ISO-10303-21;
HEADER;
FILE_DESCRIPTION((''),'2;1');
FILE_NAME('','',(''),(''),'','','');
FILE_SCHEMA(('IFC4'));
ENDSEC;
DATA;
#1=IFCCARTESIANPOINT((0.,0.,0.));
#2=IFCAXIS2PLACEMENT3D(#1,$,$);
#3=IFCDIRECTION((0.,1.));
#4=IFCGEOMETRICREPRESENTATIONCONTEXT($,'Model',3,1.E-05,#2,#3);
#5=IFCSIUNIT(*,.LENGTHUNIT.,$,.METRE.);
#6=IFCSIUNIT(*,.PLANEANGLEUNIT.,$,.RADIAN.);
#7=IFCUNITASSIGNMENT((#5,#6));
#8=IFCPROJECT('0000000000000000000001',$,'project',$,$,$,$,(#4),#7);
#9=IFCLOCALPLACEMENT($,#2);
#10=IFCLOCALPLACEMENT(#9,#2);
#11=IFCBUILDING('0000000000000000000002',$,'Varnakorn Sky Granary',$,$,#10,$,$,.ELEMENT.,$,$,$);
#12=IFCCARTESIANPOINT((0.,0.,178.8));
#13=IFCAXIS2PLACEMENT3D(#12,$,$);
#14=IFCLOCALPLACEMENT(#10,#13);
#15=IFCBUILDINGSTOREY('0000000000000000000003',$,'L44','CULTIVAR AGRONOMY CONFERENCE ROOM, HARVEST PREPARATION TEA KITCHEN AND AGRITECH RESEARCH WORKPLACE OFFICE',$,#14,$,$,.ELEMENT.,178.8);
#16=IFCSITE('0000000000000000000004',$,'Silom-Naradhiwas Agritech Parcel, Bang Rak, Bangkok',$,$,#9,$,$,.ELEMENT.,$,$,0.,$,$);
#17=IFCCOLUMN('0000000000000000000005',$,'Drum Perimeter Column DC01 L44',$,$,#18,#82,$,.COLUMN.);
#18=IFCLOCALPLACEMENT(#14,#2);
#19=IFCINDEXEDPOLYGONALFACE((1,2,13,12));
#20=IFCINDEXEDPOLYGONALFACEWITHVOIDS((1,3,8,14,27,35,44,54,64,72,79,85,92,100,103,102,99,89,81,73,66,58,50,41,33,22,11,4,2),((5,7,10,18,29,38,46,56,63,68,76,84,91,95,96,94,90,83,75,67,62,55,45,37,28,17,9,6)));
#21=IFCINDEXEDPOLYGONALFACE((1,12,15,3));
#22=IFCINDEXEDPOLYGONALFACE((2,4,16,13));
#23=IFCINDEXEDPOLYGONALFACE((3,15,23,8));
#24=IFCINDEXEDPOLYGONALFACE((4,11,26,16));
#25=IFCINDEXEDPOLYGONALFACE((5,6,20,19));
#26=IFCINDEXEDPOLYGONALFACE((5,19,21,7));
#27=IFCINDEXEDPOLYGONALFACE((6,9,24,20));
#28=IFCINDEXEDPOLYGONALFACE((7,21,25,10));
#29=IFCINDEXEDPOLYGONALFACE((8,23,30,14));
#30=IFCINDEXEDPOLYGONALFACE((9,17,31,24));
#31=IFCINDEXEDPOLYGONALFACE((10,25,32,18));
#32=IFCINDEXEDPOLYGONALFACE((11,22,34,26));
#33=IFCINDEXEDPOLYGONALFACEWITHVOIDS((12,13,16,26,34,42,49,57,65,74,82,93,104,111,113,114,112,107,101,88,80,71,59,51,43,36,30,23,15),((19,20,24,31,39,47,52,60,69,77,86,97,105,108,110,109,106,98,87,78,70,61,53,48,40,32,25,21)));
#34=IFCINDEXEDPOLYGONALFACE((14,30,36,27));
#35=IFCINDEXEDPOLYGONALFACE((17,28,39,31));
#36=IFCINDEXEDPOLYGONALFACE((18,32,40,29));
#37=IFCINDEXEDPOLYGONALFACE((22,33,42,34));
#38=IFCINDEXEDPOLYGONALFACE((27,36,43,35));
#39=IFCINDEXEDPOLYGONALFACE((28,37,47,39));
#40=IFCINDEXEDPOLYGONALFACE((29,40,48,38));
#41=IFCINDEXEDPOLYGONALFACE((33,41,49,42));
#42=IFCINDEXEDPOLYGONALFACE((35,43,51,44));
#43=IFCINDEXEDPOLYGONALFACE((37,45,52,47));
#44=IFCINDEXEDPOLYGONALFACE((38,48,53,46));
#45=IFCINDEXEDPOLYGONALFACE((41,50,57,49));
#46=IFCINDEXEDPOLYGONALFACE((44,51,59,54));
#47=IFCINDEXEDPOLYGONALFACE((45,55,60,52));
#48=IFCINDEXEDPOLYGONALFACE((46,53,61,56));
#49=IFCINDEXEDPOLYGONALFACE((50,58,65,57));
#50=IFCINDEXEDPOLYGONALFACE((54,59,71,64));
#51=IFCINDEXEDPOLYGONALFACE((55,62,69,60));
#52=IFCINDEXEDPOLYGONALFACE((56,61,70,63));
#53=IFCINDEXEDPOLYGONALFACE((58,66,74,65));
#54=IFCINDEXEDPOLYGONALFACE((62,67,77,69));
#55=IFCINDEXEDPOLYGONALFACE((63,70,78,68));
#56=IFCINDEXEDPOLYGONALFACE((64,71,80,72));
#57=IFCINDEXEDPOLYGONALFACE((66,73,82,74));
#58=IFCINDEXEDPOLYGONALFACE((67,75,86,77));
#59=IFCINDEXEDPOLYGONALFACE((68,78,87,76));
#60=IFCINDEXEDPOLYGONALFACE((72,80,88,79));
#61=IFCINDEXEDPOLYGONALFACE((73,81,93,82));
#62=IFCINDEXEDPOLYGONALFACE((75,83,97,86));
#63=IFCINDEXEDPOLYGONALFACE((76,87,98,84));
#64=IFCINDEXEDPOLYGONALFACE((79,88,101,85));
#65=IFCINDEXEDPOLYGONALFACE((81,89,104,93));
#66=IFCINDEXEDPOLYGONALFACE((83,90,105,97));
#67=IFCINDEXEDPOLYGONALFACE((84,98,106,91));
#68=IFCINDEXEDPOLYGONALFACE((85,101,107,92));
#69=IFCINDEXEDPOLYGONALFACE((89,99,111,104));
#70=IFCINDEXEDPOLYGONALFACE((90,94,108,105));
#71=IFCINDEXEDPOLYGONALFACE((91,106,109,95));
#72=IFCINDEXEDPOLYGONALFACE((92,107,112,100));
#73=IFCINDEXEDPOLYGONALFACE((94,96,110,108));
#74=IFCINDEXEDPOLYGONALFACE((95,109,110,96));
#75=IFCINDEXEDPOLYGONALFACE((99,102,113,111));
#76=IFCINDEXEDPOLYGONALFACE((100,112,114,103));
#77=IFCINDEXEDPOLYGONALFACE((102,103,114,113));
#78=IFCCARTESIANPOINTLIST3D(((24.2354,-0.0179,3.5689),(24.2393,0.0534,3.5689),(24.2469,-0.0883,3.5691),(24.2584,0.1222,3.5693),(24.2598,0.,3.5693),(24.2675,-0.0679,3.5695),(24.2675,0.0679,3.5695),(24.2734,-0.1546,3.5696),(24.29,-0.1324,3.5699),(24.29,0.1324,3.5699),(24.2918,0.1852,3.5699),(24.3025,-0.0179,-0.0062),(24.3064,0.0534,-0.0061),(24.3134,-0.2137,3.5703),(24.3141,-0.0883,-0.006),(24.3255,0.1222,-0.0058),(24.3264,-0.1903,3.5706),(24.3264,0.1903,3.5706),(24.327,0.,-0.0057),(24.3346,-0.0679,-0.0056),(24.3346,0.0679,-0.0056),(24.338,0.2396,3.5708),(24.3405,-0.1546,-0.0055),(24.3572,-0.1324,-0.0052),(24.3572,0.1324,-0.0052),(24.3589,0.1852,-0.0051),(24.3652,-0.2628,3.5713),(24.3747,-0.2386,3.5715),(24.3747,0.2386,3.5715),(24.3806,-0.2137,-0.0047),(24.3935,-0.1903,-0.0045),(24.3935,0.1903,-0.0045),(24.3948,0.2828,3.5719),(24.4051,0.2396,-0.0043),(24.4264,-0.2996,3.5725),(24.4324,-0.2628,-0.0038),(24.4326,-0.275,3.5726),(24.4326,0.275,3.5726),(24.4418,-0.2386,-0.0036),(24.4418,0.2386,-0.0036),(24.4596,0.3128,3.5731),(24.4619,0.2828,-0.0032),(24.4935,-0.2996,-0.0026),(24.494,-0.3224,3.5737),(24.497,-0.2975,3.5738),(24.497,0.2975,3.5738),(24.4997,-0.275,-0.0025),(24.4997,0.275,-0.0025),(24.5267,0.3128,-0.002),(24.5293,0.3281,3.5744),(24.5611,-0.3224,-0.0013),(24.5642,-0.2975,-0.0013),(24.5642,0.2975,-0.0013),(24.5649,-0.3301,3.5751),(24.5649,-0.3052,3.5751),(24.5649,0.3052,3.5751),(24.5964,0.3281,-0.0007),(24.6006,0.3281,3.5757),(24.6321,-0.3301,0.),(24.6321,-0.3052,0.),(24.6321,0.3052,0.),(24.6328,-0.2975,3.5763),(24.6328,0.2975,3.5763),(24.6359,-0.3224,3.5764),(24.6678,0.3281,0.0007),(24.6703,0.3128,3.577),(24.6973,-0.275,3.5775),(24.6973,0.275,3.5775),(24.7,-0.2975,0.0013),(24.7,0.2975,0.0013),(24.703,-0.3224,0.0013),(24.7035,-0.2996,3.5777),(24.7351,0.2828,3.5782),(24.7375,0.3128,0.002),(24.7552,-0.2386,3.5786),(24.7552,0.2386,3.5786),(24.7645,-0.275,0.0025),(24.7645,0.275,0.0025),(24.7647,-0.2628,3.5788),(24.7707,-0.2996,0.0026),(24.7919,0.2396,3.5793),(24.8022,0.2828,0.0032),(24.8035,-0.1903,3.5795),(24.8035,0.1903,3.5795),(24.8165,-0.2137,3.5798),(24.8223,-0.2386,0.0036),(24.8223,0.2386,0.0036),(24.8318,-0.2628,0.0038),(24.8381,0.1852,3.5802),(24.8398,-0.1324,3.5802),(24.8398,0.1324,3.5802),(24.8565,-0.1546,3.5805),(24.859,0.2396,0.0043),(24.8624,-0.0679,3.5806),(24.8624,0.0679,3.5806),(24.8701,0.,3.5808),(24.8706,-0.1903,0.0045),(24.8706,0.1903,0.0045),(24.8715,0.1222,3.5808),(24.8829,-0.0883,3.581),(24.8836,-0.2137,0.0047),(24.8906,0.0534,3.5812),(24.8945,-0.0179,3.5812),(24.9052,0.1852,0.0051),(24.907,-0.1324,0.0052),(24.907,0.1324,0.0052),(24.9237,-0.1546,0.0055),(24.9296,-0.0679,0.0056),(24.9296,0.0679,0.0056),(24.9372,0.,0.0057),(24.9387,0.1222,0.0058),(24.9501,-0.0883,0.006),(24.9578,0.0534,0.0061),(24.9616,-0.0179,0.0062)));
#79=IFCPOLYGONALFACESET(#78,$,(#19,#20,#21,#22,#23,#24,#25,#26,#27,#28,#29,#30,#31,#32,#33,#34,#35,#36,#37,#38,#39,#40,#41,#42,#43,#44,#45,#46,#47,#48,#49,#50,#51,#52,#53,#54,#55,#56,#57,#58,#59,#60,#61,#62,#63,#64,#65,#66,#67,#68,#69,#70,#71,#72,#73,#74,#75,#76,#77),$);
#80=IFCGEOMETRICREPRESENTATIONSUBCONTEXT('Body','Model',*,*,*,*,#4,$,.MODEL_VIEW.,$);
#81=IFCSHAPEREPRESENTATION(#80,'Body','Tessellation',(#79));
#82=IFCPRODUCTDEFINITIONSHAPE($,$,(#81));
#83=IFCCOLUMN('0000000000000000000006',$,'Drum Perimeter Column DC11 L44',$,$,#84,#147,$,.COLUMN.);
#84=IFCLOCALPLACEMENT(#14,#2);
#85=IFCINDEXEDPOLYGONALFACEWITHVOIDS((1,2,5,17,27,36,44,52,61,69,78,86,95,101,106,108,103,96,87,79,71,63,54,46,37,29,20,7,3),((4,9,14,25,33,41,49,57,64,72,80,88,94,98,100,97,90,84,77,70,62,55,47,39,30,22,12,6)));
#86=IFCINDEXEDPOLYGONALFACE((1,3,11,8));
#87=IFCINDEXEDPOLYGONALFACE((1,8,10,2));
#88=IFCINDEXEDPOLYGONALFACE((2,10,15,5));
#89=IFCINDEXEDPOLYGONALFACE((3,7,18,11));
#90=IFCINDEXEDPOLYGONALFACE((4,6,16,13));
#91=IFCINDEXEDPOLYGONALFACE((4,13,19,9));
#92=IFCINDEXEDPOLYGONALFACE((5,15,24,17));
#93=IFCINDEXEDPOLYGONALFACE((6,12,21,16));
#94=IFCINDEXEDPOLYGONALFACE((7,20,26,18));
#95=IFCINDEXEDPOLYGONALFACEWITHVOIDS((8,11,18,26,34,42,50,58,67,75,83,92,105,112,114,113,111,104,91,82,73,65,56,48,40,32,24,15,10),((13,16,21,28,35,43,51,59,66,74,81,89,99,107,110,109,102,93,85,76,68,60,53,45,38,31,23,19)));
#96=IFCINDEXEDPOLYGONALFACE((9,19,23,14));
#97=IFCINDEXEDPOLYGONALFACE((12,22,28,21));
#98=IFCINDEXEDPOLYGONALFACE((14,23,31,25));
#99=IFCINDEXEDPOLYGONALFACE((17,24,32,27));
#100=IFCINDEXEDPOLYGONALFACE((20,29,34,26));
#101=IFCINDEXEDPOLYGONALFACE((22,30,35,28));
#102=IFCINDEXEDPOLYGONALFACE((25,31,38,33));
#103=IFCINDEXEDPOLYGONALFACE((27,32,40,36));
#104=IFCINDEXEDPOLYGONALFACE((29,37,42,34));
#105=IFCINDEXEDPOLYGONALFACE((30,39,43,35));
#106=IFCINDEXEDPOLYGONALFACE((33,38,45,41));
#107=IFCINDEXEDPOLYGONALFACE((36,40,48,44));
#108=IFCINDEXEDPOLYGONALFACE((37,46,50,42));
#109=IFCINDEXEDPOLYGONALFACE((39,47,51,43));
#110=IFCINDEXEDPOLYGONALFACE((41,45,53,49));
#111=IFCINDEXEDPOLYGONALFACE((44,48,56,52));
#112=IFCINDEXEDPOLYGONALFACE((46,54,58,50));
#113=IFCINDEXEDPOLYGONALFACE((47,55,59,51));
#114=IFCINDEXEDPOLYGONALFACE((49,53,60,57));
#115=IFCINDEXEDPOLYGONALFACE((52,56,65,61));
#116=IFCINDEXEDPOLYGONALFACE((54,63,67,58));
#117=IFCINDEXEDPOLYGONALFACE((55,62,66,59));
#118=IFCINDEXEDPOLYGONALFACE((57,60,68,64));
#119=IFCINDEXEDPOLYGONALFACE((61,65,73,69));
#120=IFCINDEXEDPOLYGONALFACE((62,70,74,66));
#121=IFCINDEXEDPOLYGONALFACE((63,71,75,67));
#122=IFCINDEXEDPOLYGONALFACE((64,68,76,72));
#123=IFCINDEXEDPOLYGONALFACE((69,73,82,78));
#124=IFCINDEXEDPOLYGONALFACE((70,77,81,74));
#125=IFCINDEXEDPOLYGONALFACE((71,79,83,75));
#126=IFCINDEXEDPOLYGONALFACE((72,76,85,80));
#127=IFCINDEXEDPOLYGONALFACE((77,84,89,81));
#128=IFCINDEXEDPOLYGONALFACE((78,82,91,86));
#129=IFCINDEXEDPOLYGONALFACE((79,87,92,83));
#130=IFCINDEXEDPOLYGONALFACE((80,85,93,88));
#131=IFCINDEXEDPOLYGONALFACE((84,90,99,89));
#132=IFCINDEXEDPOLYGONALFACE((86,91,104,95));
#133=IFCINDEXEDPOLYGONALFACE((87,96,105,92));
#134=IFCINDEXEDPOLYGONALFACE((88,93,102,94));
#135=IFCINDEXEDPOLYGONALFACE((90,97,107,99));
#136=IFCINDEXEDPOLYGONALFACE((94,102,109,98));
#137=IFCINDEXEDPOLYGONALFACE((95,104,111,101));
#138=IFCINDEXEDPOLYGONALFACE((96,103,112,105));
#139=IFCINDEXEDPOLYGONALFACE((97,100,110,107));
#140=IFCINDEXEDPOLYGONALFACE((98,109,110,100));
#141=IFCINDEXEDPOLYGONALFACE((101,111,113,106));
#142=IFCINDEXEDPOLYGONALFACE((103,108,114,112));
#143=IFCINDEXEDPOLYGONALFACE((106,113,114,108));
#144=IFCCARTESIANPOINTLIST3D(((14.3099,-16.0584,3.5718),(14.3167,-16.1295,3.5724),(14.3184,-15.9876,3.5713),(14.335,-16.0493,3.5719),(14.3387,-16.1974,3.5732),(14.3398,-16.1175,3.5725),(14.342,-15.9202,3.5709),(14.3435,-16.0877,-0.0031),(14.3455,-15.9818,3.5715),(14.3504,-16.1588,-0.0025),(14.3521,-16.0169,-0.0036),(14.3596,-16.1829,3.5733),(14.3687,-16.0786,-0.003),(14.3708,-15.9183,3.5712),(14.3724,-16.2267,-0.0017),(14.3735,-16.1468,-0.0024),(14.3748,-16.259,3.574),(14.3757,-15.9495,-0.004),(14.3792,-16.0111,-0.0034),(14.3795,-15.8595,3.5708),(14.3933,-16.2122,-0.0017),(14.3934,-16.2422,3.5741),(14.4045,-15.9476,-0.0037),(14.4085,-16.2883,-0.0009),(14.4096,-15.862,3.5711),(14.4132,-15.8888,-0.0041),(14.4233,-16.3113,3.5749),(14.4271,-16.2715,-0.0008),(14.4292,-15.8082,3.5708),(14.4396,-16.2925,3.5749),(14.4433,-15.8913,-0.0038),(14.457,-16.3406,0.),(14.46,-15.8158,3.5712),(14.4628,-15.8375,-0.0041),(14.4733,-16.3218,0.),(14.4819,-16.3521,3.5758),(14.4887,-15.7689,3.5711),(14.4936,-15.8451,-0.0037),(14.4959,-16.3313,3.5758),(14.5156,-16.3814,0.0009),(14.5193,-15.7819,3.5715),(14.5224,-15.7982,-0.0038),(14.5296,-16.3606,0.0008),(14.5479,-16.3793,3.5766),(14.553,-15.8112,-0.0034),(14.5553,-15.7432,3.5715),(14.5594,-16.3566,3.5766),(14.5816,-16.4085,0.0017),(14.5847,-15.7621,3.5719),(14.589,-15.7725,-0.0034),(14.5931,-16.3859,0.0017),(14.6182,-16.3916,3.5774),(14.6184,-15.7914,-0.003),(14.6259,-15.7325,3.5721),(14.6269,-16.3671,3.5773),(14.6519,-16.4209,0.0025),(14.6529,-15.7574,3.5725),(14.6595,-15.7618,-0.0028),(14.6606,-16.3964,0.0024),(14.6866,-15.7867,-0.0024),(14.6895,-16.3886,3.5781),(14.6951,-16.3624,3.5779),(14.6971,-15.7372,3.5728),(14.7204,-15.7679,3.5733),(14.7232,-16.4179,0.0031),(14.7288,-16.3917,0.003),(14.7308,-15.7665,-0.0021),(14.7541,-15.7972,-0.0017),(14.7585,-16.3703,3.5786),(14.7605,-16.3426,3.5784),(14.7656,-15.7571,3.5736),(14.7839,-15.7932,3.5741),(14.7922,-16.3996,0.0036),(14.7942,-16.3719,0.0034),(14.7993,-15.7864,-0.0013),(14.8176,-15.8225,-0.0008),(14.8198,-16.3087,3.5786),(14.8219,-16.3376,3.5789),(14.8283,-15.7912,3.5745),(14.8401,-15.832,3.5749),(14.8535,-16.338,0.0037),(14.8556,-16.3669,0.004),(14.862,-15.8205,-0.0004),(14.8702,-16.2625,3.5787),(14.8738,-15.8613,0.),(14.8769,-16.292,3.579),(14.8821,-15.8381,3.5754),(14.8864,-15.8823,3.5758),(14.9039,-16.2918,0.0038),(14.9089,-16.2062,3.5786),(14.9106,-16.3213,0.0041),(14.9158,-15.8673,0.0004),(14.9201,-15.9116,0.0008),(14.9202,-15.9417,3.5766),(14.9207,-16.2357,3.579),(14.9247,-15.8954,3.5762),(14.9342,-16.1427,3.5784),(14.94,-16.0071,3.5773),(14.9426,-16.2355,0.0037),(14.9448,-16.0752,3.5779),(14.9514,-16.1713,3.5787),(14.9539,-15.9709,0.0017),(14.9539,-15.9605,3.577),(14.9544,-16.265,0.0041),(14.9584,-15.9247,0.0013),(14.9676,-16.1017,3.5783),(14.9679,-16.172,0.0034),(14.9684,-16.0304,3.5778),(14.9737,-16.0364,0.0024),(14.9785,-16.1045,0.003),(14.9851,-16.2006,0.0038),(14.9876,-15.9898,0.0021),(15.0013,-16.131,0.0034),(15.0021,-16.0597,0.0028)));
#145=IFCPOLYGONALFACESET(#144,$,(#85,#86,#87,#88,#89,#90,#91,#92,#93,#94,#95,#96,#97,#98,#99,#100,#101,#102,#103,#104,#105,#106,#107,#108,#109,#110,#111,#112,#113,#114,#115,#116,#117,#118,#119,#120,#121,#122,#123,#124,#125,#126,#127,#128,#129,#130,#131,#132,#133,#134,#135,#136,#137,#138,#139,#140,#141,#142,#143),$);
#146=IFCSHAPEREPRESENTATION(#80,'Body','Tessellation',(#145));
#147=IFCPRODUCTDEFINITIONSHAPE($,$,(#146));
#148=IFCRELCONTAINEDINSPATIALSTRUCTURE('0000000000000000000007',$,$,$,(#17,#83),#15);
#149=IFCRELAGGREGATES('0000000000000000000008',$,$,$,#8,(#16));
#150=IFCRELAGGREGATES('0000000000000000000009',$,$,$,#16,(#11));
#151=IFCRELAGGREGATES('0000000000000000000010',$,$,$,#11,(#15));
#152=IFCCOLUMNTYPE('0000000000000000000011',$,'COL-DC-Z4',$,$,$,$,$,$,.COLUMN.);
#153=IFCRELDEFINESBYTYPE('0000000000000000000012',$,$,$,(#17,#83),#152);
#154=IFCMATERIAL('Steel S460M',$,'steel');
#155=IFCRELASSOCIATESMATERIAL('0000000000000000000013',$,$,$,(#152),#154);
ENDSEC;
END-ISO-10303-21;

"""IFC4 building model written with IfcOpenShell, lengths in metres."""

from ifc_helpers import new_model, si_unit, direction, frame, origin, origin_2d, place, context, subcontext, project, spatial, hollow_circle, extrude, material, material_profile, profile_set, type_object, element, save


model = new_model("IFC4")

# Units and contexts
model_context = context("Model", 3, precision=1e-05, world=origin(), true_north=direction((0.0, 1.0)))
body_context = subcontext(model_context, "Body", "Model", "MODEL_VIEW")
ifc_project = project(units=[si_unit("LENGTHUNIT", "METRE"), si_unit("PLANEANGLEUNIT", "RADIAN")], contexts=[model_context])

# Site, building, storey
site_placement = place(None, origin())
site = spatial("IfcSite", under=ifc_project, at=site_placement, Name="Silom-Naradhiwas Agritech Parcel, Bang Rak, Bangkok", CompositionType="ELEMENT", RefElevation=0.0)
building_placement = place(site_placement, origin())
building = spatial("IfcBuilding", under=site, at=building_placement, Name="Varnakorn Sky Granary", CompositionType="ELEMENT")
storey_placement = place(building_placement, frame((0.0, 0.0, 178.8)))
storey = spatial("IfcBuildingStorey", under=building, at=storey_placement, Name="L44", Description="CULTIVAR AGRONOMY CONFERENCE ROOM, HARVEST PREPARATION TEA KITCHEN AND AGRITECH RESEARCH WORKPLACE OFFICE", CompositionType="ELEMENT", Elevation=178.8)

# Columns
ifc_material_1 = material(Name="Steel S460M", Category="steel")
ifc_material_profile_1 = material_profile(ifc_material_1, hollow_circle(Radius=0.3301, WallThickness=0.0249, at=origin_2d()), Name="CHS 660x25")
ifc_profile_set_1 = profile_set([ifc_material_profile_1], Name="Steel S460M")
column_type = type_object("IfcColumnType", Name="COL-DC-Z4", PredefinedType="COLUMN", material=ifc_profile_set_1)
column_1_placement = place(storey_placement, frame((24.6321, 0.0, 0.0), z_axis=(-0.018777, 0.0, 0.999824), x_axis=(0.0, -1.0, 0.0)))
element("IfcColumn", 1, at=column_1_placement, inside=storey, type_object=column_type, Name="Drum Perimeter Column DC01 L44", PredefinedType="COLUMN", context=body_context, shape_type="SweptSolid", body=[
    extrude(hollow_circle(Radius=0.3301, WallThickness=0.0249, at=origin_2d()), origin(), (0.0, 0.0, 1.0), 3.5757),
])
column_2_placement = place(storey_placement, frame((14.6736, -16.0916, 0.0), z_axis=(-0.009424, 0.008194, 0.999922), x_axis=(-0.656179, -0.754606, 0.0)))
element("IfcColumn", 2, at=column_2_placement, inside=storey, type_object=column_type, Name="Drum Perimeter Column DC11 L44", PredefinedType="COLUMN", context=body_context, shape_type="SweptSolid", body=[
    extrude(hollow_circle(Radius=0.3301, WallThickness=0.0249, at=origin_2d()), origin(), (0.0, 0.0, 1.0), 3.5752),
])

save(model, "model.ifc")
